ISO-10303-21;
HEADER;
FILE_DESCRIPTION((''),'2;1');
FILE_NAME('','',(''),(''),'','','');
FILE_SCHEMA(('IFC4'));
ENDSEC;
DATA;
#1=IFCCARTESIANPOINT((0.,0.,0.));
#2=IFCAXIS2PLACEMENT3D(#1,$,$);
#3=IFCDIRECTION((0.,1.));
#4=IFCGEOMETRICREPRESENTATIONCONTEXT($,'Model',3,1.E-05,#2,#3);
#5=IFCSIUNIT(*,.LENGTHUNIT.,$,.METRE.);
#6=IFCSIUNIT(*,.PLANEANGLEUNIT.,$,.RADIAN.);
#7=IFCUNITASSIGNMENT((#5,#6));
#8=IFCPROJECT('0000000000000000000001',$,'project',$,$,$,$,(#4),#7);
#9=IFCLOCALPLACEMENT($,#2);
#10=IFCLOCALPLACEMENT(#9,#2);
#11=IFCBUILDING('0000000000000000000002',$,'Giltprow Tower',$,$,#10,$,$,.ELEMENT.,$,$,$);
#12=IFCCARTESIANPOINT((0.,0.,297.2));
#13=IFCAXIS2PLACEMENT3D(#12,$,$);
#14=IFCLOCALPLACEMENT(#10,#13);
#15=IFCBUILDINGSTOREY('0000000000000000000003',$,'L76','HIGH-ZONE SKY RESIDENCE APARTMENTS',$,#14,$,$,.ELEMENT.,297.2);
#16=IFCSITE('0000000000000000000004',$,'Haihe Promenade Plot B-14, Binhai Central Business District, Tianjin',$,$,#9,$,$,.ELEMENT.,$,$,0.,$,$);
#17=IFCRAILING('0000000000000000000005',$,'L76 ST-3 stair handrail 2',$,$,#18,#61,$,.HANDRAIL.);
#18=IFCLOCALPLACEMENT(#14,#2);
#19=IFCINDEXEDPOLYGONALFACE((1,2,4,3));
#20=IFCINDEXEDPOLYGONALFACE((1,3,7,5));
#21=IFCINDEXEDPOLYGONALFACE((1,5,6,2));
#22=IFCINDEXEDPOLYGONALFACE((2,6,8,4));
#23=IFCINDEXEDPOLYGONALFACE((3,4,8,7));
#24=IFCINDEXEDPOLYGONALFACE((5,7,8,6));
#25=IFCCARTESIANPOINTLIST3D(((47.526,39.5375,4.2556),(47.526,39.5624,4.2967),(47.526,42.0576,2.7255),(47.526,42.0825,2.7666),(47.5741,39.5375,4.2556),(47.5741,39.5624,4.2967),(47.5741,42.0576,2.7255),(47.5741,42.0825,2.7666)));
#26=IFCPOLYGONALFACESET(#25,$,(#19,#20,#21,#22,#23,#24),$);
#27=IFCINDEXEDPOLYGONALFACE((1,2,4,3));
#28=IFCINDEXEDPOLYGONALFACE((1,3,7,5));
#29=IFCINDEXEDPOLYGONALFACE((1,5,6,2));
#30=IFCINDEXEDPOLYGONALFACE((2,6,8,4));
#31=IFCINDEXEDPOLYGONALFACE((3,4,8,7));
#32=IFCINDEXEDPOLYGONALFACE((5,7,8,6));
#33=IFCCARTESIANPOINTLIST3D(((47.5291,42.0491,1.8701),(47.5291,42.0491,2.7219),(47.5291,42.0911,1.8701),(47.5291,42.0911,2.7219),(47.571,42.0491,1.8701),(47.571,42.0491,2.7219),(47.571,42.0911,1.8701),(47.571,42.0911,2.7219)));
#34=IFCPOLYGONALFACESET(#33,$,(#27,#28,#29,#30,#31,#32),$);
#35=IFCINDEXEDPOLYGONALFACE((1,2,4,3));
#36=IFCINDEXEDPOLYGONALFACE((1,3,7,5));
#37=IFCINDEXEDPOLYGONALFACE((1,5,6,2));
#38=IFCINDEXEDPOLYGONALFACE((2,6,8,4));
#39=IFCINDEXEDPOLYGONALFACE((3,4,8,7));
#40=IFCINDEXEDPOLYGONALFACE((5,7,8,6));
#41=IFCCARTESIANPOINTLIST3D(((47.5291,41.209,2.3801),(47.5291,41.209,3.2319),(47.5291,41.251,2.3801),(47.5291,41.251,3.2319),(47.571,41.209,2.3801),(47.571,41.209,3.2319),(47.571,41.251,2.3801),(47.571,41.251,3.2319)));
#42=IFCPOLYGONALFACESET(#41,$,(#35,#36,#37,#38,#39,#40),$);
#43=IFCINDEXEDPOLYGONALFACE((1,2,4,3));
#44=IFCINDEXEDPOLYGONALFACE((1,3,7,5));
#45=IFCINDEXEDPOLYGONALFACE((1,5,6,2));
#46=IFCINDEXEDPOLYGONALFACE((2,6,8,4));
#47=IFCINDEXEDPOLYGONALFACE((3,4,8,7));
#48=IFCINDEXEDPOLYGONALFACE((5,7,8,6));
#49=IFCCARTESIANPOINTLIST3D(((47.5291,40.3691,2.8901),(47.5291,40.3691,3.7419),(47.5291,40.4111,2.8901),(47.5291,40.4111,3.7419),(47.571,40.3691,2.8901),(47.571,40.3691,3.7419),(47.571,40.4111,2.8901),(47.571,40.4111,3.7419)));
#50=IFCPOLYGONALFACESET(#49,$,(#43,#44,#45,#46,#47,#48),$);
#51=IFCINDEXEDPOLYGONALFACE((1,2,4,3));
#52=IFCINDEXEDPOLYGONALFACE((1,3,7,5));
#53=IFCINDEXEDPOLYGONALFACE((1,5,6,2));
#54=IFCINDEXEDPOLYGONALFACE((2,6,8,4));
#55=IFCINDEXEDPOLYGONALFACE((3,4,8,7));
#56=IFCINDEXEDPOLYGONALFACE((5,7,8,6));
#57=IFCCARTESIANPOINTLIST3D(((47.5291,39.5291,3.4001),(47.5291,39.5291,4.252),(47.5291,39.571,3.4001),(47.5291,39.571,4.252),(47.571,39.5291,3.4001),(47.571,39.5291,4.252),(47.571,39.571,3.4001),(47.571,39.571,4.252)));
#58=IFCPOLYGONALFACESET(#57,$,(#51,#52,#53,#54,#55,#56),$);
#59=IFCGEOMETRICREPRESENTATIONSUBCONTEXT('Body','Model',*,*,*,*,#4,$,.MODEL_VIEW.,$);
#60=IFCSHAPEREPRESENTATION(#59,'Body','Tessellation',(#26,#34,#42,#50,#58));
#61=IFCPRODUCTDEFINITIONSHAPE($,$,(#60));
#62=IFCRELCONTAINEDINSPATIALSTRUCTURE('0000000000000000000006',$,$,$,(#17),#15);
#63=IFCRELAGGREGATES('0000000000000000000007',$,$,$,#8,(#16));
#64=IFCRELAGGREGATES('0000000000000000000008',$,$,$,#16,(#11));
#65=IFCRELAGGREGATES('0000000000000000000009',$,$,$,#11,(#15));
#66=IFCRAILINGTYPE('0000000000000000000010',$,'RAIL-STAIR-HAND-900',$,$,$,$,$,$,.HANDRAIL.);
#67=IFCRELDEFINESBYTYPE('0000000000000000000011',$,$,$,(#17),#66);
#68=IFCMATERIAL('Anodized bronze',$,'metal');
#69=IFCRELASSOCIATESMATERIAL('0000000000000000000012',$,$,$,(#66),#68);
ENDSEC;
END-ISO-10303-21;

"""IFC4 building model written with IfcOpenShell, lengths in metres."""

from ifc_helpers import new_model, si_unit, direction, frame, origin, origin_2d, place, context, subcontext, project, spatial, rectangle, extrude, material, type_object, element, save


model = new_model("IFC4")

# Units and contexts
model_context = context("Model", 3, precision=1e-05, world=origin(), true_north=direction((0.0, 1.0)))
body_context = subcontext(model_context, "Body", "Model", "MODEL_VIEW")
ifc_project = project(units=[si_unit("LENGTHUNIT", "METRE"), si_unit("PLANEANGLEUNIT", "RADIAN")], contexts=[model_context])

# Site, building, storey
site_placement = place(None, origin())
site = spatial("IfcSite", under=ifc_project, at=site_placement, Name="Haihe Promenade Plot B-14, Binhai Central Business District, Tianjin", CompositionType="ELEMENT", RefElevation=0.0)
building_placement = place(site_placement, origin())
building = spatial("IfcBuilding", under=site, at=building_placement, Name="Giltprow Tower", CompositionType="ELEMENT")
storey_placement = place(building_placement, frame((0.0, 0.0, 297.2)))
storey = spatial("IfcBuildingStorey", under=building, at=storey_placement, Name="L76", Description="HIGH-ZONE SKY RESIDENCE APARTMENTS", CompositionType="ELEMENT", Elevation=297.2)

# Railing
ifc_material_1 = material(Name="Anodized bronze", Category="metal")
railing_type = type_object("IfcRailingType", Name="RAIL-STAIR-HAND-900", PredefinedType="HANDRAIL", material=ifc_material_1)
railing_placement = place(storey_placement, frame((47.55, 42.0701, 1.8701)))
element("IfcRailing", 1, at=railing_placement, inside=storey, type_object=railing_type, Name="L76 ST-3 stair handrail 2", PredefinedType="HANDRAIL", context=body_context, shape_type="SweptSolid", body=[
    extrude(rectangle(XDim=0.0481, YDim=0.0481, at=origin_2d()), frame((0.0, 0.0, 0.876), z_axis=(0.0, -0.854785, 0.518982), x_axis=(1.0, 0.0, 0.0)), (0.0, 0.0, 1.0), 2.9482),
    extrude(rectangle(XDim=0.042, YDim=0.042, at=origin_2d()), origin(), (0.0, 0.0, 1.0), 0.8518),
    extrude(rectangle(XDim=0.042, YDim=0.042, at=origin_2d()), frame((0.0, -0.8401, 0.51)), (0.0, 0.0, 1.0), 0.8518),
    extrude(rectangle(XDim=0.042, YDim=0.042, at=origin_2d()), frame((0.0, -1.6799, 1.02)), (0.0, 0.0, 1.0), 0.8518),
    extrude(rectangle(XDim=0.042, YDim=0.042, at=origin_2d()), frame((0.0, -2.52, 1.53)), (0.0, 0.0, 1.0), 0.8518),
])

save(model, "model.ifc")
